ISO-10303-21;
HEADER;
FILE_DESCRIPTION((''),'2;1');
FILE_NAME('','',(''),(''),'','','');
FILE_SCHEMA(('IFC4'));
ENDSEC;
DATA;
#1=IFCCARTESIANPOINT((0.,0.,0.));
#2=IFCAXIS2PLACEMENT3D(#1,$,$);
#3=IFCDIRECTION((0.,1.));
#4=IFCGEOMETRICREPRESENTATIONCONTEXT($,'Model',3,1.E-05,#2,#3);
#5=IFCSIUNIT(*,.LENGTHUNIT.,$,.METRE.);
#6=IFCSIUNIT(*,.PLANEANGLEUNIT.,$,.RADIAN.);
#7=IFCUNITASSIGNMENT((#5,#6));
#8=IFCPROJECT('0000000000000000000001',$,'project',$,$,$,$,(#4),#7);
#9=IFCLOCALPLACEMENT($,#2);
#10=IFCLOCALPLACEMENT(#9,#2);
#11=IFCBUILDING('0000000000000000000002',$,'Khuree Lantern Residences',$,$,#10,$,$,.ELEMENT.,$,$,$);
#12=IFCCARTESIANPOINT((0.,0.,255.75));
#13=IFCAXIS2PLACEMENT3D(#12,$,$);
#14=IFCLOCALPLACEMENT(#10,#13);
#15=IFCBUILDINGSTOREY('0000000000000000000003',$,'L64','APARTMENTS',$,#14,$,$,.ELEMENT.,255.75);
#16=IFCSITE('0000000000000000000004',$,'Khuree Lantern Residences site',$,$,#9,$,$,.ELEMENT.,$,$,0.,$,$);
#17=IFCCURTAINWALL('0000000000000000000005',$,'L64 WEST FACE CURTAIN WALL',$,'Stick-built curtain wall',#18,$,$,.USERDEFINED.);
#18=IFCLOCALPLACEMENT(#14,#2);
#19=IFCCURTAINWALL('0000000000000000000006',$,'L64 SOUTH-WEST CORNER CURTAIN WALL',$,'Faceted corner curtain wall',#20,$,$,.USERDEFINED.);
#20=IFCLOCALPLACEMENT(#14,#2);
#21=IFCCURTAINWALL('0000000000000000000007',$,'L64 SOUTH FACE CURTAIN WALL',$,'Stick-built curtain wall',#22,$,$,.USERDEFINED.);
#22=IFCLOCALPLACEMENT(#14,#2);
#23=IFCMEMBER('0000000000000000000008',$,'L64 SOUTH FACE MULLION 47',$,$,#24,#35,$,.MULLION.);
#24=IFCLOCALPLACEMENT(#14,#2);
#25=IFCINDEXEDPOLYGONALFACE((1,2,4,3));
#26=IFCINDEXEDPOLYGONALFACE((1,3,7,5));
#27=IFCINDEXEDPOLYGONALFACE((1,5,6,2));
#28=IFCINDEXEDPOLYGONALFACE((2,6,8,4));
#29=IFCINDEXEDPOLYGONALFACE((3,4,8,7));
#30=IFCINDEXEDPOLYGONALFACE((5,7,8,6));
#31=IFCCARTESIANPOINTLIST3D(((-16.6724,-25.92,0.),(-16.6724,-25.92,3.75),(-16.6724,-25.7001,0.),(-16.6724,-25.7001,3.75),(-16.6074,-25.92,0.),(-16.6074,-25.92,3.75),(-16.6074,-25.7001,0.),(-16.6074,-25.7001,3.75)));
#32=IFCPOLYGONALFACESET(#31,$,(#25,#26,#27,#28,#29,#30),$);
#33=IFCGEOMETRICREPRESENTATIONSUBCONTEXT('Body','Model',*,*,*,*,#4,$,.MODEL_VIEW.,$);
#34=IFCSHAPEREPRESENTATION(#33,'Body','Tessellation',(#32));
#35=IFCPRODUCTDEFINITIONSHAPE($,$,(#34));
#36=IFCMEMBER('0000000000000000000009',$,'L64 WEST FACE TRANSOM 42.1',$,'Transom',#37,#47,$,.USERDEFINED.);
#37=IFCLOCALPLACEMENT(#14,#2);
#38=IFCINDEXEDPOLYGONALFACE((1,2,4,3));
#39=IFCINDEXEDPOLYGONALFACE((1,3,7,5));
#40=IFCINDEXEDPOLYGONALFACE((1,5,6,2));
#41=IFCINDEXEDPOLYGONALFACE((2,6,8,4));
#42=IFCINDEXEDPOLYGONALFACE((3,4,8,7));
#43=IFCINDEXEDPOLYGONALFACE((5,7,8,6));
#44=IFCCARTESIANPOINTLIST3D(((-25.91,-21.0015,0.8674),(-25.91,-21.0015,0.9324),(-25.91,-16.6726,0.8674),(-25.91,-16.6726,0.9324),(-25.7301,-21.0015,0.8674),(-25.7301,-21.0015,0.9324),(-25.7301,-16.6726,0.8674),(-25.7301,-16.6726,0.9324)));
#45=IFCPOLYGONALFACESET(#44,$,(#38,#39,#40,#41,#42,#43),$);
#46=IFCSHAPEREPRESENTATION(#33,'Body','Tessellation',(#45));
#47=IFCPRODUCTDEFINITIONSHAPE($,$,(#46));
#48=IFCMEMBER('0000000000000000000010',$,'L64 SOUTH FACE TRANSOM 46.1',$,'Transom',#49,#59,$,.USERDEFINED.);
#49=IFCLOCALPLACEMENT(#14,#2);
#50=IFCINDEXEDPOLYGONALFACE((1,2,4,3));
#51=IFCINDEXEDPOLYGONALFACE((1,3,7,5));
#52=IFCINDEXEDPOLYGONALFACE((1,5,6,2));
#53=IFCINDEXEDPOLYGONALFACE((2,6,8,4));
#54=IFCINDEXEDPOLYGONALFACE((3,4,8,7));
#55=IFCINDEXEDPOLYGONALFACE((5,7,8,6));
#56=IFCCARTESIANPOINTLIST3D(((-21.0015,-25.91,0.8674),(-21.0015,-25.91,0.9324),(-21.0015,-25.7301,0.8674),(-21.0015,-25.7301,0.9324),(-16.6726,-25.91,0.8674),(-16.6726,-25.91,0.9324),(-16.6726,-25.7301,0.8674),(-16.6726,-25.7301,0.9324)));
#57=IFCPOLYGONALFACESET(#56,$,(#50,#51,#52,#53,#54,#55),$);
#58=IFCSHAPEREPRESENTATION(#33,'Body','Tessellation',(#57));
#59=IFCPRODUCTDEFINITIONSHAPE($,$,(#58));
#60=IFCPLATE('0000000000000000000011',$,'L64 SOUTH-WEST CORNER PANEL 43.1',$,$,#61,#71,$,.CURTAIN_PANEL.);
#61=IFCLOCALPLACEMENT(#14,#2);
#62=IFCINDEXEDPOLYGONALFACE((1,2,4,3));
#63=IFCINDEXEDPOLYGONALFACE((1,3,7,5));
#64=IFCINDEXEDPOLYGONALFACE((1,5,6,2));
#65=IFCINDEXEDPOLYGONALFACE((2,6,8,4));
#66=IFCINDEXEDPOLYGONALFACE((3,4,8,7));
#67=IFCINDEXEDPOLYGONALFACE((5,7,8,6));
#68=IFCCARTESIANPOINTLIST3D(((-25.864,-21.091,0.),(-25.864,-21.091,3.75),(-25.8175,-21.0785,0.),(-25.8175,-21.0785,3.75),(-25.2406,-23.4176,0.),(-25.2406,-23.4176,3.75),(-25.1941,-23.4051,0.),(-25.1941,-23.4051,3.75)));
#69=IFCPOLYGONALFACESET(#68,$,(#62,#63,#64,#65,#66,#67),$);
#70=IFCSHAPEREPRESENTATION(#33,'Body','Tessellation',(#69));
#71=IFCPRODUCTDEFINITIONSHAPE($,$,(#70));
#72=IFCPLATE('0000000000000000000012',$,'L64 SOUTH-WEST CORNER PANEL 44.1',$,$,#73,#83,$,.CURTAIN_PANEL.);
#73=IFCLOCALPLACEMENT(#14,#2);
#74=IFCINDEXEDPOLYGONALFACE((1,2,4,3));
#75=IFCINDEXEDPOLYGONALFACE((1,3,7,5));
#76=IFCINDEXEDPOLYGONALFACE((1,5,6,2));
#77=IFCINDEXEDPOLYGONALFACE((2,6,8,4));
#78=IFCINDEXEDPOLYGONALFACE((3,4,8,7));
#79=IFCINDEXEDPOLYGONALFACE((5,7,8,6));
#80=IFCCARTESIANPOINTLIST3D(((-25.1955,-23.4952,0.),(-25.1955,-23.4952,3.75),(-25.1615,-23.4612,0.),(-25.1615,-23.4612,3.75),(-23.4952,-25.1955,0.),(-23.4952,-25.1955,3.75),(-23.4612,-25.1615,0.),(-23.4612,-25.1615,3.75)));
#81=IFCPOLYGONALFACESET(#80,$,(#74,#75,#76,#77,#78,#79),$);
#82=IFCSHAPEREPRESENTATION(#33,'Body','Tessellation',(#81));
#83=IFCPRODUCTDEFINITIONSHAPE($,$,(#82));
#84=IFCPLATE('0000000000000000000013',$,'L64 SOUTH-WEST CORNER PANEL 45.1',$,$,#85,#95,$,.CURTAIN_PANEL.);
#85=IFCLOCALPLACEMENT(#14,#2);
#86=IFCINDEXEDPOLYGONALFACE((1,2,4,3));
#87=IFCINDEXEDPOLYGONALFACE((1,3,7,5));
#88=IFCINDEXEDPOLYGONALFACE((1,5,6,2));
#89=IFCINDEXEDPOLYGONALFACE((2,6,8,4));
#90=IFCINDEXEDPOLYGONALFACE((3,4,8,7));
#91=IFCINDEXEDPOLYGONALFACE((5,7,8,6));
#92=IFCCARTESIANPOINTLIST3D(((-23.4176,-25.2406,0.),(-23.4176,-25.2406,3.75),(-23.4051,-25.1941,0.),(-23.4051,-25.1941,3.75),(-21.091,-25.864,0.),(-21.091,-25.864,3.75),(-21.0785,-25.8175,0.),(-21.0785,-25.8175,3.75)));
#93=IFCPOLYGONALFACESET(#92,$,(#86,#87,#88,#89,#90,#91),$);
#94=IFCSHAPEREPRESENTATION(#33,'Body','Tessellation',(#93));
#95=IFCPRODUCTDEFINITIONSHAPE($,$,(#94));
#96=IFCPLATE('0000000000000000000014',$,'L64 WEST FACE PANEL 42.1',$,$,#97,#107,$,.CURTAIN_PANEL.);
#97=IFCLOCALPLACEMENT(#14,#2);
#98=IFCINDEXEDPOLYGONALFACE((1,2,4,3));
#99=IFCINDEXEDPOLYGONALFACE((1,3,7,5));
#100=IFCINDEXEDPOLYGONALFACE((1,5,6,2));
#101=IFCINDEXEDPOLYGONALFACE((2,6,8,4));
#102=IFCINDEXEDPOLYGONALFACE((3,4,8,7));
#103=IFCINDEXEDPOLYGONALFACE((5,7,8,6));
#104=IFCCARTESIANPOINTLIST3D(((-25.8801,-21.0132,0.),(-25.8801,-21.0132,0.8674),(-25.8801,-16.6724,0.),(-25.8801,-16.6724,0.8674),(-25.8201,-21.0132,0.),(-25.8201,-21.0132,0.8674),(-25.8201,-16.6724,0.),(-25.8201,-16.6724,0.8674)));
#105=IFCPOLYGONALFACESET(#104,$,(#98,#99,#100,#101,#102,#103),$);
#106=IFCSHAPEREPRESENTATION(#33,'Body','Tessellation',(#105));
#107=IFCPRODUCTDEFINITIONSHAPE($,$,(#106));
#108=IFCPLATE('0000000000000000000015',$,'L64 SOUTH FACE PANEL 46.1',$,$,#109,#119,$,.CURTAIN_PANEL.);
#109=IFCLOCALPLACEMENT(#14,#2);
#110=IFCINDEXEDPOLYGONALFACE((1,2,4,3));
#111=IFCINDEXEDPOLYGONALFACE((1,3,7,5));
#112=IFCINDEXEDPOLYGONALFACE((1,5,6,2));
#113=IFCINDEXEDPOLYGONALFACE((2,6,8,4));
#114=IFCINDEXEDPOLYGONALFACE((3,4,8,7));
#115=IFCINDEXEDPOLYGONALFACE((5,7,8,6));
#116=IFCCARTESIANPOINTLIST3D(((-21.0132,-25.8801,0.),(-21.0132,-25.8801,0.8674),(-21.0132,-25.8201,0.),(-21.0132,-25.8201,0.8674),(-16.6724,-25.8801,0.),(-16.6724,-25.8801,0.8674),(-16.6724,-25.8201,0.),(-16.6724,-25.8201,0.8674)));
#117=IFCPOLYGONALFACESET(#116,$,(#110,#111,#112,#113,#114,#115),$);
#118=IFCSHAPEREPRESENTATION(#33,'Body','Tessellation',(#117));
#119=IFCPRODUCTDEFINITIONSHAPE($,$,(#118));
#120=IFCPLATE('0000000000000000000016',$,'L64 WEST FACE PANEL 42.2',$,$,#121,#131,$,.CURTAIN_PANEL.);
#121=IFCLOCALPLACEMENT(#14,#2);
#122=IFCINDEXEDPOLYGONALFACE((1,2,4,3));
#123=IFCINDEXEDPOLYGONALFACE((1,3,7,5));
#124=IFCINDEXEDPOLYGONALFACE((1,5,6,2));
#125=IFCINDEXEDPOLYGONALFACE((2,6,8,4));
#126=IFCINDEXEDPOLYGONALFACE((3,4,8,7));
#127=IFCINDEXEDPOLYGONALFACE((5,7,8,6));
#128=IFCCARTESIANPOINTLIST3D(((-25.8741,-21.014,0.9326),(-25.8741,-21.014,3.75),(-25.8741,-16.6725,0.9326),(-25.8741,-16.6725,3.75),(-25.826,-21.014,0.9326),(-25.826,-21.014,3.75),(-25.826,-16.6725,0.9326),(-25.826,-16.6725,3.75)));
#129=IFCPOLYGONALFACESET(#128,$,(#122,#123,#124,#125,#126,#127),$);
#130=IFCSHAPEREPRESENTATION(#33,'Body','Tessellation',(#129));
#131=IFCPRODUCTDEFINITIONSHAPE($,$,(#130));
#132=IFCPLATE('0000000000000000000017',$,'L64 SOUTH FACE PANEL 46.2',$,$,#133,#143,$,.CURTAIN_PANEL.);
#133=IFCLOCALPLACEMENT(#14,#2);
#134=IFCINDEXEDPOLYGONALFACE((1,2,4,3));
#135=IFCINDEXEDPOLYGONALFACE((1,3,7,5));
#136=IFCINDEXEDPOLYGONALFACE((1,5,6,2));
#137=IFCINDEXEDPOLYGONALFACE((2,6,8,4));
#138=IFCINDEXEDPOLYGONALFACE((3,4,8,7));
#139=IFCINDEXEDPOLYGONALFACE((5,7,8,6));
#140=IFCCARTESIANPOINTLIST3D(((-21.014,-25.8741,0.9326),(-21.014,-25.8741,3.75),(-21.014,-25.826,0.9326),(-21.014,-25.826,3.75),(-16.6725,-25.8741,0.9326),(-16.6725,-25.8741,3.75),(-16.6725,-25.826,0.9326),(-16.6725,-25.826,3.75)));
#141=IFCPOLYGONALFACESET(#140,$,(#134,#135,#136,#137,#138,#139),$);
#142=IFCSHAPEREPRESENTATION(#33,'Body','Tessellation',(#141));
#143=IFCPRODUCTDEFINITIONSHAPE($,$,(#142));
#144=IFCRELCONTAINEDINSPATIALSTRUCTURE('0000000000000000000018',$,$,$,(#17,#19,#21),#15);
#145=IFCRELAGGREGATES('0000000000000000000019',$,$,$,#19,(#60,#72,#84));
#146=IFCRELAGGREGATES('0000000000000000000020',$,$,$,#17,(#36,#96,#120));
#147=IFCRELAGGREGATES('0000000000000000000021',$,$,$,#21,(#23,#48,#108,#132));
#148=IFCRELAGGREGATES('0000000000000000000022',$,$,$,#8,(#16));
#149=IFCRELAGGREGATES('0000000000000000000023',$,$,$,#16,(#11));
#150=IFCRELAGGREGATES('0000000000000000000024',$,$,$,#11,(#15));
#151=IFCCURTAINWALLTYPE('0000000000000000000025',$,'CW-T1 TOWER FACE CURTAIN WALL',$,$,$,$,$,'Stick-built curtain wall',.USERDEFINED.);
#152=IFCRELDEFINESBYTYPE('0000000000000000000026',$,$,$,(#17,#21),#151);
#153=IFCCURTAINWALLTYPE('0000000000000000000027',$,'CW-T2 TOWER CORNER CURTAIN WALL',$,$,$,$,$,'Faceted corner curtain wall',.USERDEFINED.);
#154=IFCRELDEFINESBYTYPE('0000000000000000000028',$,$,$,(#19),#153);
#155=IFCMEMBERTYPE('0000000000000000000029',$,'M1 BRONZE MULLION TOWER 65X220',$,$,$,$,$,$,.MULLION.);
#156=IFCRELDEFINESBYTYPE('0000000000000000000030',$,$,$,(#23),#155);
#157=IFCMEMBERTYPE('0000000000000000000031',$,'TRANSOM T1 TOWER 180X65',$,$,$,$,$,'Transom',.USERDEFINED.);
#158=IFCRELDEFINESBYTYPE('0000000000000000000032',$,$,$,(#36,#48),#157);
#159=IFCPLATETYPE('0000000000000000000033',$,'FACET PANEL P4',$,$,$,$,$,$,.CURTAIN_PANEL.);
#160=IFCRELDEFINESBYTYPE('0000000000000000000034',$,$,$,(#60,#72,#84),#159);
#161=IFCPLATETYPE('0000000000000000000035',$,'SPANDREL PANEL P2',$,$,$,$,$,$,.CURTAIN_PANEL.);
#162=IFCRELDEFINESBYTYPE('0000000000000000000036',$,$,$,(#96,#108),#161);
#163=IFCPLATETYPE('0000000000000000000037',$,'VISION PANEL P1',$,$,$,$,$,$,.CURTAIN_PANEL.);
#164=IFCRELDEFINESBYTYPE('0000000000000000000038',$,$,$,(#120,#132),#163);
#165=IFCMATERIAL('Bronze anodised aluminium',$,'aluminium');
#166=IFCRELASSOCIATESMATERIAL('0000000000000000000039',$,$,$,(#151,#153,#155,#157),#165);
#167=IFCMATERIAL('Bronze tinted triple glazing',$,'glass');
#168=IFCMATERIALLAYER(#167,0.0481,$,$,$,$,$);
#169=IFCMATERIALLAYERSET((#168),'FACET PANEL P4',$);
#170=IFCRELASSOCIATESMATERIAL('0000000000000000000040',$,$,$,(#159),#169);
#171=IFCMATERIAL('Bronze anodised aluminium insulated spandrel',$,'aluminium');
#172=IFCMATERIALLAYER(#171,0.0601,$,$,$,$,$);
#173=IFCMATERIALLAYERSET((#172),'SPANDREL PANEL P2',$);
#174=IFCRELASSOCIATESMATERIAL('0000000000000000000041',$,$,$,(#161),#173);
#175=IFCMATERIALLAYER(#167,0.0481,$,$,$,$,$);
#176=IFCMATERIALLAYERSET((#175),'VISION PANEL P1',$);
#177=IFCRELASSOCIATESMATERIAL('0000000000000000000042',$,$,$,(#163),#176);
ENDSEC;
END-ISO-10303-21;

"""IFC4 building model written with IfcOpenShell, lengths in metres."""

from ifc_helpers import new_model, si_unit, direction, frame, origin, origin_2d, place, context, subcontext, project, spatial, rectangle, extrude, material, layer, layer_set, material_profile, profile_set, type_object, element, aggregate, save


model = new_model("IFC4")

# Units and contexts
model_context = context("Model", 3, precision=1e-05, world=origin(), true_north=direction((0.0, 1.0)))
body_context = subcontext(model_context, "Body", "Model", "MODEL_VIEW")
ifc_project = project(units=[si_unit("LENGTHUNIT", "METRE"), si_unit("PLANEANGLEUNIT", "RADIAN")], contexts=[model_context])

# Site, building, storey
site_placement = place(None, origin())
site = spatial("IfcSite", under=ifc_project, at=site_placement, Name="Khuree Lantern Residences site", CompositionType="ELEMENT", RefElevation=0.0)
building_placement = place(site_placement, origin())
building = spatial("IfcBuilding", under=site, at=building_placement, Name="Khuree Lantern Residences", CompositionType="ELEMENT")
storey_placement = place(building_placement, frame((0.0, 0.0, 255.75)))
storey = spatial("IfcBuildingStorey", under=building, at=storey_placement, Name="L64", Description="APARTMENTS", CompositionType="ELEMENT", Elevation=255.75)

# Curtain walls
ifc_material_1 = material(Name="Bronze anodised aluminium", Category="aluminium")
curtain_wall_type_1 = type_object("IfcCurtainWallType", Name="CW-T1 TOWER FACE CURTAIN WALL", ElementType="Stick-built curtain wall", PredefinedType="USERDEFINED", material=ifc_material_1)
curtain_wall_1_placement = place(storey_placement, origin())
curtain_wall_1 = element("IfcCurtainWall", 1, at=curtain_wall_1_placement, inside=storey, type_object=curtain_wall_type_1, Name="L64 WEST FACE CURTAIN WALL", ObjectType="Stick-built curtain wall", PredefinedType="USERDEFINED")
curtain_wall_type_2 = type_object("IfcCurtainWallType", Name="CW-T2 TOWER CORNER CURTAIN WALL", ElementType="Faceted corner curtain wall", PredefinedType="USERDEFINED", material=ifc_material_1)
curtain_wall_2_placement = place(storey_placement, origin())
curtain_wall_2 = element("IfcCurtainWall", 2, at=curtain_wall_2_placement, inside=storey, type_object=curtain_wall_type_2, Name="L64 SOUTH-WEST CORNER CURTAIN WALL", ObjectType="Faceted corner curtain wall", PredefinedType="USERDEFINED")

# Shared definitions
ifc_material_profile_1 = material_profile(ifc_material_1, rectangle(XDim=0.0649, YDim=0.22, at=origin_2d()), Name="M1 65X220")
ifc_profile_set_1 = profile_set([ifc_material_profile_1], Name="Bronze anodised aluminium")
member_type_1 = type_object("IfcMemberType", Name="M1 BRONZE MULLION TOWER 65X220", PredefinedType="MULLION", material=ifc_profile_set_1)

# Curtain wall, member
curtain_wall_3_placement = place(storey_placement, origin())
curtain_wall_3 = element("IfcCurtainWall", 3, at=curtain_wall_3_placement, inside=storey, type_object=curtain_wall_type_1, Name="L64 SOUTH FACE CURTAIN WALL", ObjectType="Stick-built curtain wall", PredefinedType="USERDEFINED")
member_1_placement = place(storey_placement, frame((-16.6399, -25.8101, 0.0), z_axis=(0.0, 0.0, 1.0), x_axis=(1.0, 0.0, 0.0)))
member_1 = element("IfcMember", 4, at=member_1_placement, type_object=member_type_1, Name="L64 SOUTH FACE MULLION 47", PredefinedType="MULLION", context=body_context, shape_type="SweptSolid", body=[
    extrude(rectangle(XDim=0.0649, YDim=0.22, at=origin_2d()), origin(), (0.0, 0.0, 1.0), 3.75),
])

# Members
ifc_material_profile_2 = material_profile(ifc_material_1, rectangle(XDim=0.1799, YDim=0.0649, at=origin_2d()), Name="T1 180X65")
ifc_profile_set_2 = profile_set([ifc_material_profile_2], Name="Bronze anodised aluminium")
member_type_2 = type_object("IfcMemberType", Name="TRANSOM T1 TOWER 180X65", ElementType="Transom", PredefinedType="USERDEFINED", material=ifc_profile_set_2)
member_2_placement = place(storey_placement, frame((-25.8201, -16.6726, 0.8999), z_axis=(0.0, -1.0, 0.0), x_axis=(1.0, 0.0, 0.0)))
member_2 = element("IfcMember", 5, at=member_2_placement, type_object=member_type_2, Name="L64 WEST FACE TRANSOM 42.1", ObjectType="Transom", PredefinedType="USERDEFINED", context=body_context, shape_type="SweptSolid", body=[
    extrude(rectangle(XDim=0.1799, YDim=0.0649, at=origin_2d()), origin(), (0.0, 0.0, 1.0), 4.3289),
])
member_3_placement = place(storey_placement, frame((-21.0015, -25.8201, 0.8999), z_axis=(1.0, 0.0, 0.0), x_axis=(0.0, 1.0, 0.0)))
member_3 = element("IfcMember", 6, at=member_3_placement, type_object=member_type_2, Name="L64 SOUTH FACE TRANSOM 46.1", ObjectType="Transom", PredefinedType="USERDEFINED", context=body_context, shape_type="SweptSolid", body=[
    extrude(rectangle(XDim=0.1799, YDim=0.0649, at=origin_2d()), origin(), (0.0, 0.0, 1.0), 4.3289),
])

# Plates
ifc_material_2 = material(Name="Bronze tinted triple glazing", Category="glass")
ifc_layer_1 = layer(ifc_material_2, 0.0481)
ifc_layer_set_1 = layer_set([ifc_layer_1], Name="FACET PANEL P4")
plate_type_1 = type_object("IfcPlateType", Name="FACET PANEL P4", PredefinedType="CURTAIN_PANEL", material=ifc_layer_set_1)
plate_1_placement = place(storey_placement, frame((-25.5291, -22.248, 0.0), z_axis=(0.0, 0.0, 1.0), x_axis=(0.258819, -0.965926, 0.0)))
plate_1 = element("IfcPlate", 7, at=plate_1_placement, type_object=plate_type_1, Name="L64 SOUTH-WEST CORNER PANEL 43.1", PredefinedType="CURTAIN_PANEL", context=body_context, shape_type="SweptSolid", body=[
    extrude(rectangle(XDim=2.4087, YDim=0.0481, at=origin_2d()), origin(), (0.0, 0.0, 1.0), 3.75),
])
plate_2_placement = place(storey_placement, frame((-24.3284, -24.3284, 0.0), z_axis=(0.0, 0.0, 1.0), x_axis=(0.707107, -0.707107, 0.0)))
plate_2 = element("IfcPlate", 8, at=plate_2_placement, type_object=plate_type_1, Name="L64 SOUTH-WEST CORNER PANEL 44.1", PredefinedType="CURTAIN_PANEL", context=body_context, shape_type="SweptSolid", body=[
    extrude(rectangle(XDim=2.4045, YDim=0.0481, at=origin_2d()), origin(), (0.0, 0.0, 1.0), 3.75),
])
plate_3_placement = place(storey_placement, frame((-22.248, -25.5291, 0.0), z_axis=(0.0, 0.0, 1.0), x_axis=(0.965926, -0.258819, 0.0)))
plate_3 = element("IfcPlate", 9, at=plate_3_placement, type_object=plate_type_1, Name="L64 SOUTH-WEST CORNER PANEL 45.1", PredefinedType="CURTAIN_PANEL", context=body_context, shape_type="SweptSolid", body=[
    extrude(rectangle(XDim=2.4087, YDim=0.0481, at=origin_2d()), origin(), (0.0, 0.0, 1.0), 3.75),
])
aggregate(curtain_wall_2, [plate_1, plate_2, plate_3])
ifc_material_3 = material(Name="Bronze anodised aluminium insulated spandrel", Category="aluminium")
ifc_layer_2 = layer(ifc_material_3, 0.0601)
ifc_layer_set_2 = layer_set([ifc_layer_2], Name="SPANDREL PANEL P2")
plate_type_2 = type_object("IfcPlateType", Name="SPANDREL PANEL P2", PredefinedType="CURTAIN_PANEL", material=ifc_layer_set_2)
plate_4_placement = place(storey_placement, frame((-25.8501, -18.8428, 0.0), z_axis=(0.0, 0.0, 1.0), x_axis=(0.0, -1.0, 0.0)))
plate_4 = element("IfcPlate", 10, at=plate_4_placement, type_object=plate_type_2, Name="L64 WEST FACE PANEL 42.1", PredefinedType="CURTAIN_PANEL", context=body_context, shape_type="SweptSolid", body=[
    extrude(rectangle(XDim=4.3408, YDim=0.0601, at=origin_2d()), origin(), (0.0, 0.0, 1.0), 0.8674),
])
plate_5_placement = place(storey_placement, frame((-18.8428, -25.8501, 0.0), z_axis=(0.0, 0.0, 1.0), x_axis=(1.0, 0.0, 0.0)))
plate_5 = element("IfcPlate", 11, at=plate_5_placement, type_object=plate_type_2, Name="L64 SOUTH FACE PANEL 46.1", PredefinedType="CURTAIN_PANEL", context=body_context, shape_type="SweptSolid", body=[
    extrude(rectangle(XDim=4.3408, YDim=0.0601, at=origin_2d()), origin(), (0.0, 0.0, 1.0), 0.8674),
])
ifc_layer_3 = layer(ifc_material_2, 0.0481)
ifc_layer_set_3 = layer_set([ifc_layer_3], Name="VISION PANEL P1")
plate_type_3 = type_object("IfcPlateType", Name="VISION PANEL P1", PredefinedType="CURTAIN_PANEL", material=ifc_layer_set_3)
plate_6_placement = place(storey_placement, frame((-25.8501, -18.8433, 0.9326), z_axis=(0.0, 0.0, 1.0), x_axis=(0.0, -1.0, 0.0)))
plate_6 = element("IfcPlate", 12, at=plate_6_placement, type_object=plate_type_3, Name="L64 WEST FACE PANEL 42.2", PredefinedType="CURTAIN_PANEL", context=body_context, shape_type="SweptSolid", body=[
    extrude(rectangle(XDim=4.3416, YDim=0.0481, at=origin_2d()), origin(), (0.0, 0.0, 1.0), 2.8174),
])
aggregate(curtain_wall_1, [member_2, plate_4, plate_6])
plate_7_placement = place(storey_placement, frame((-18.8433, -25.8501, 0.9326), z_axis=(0.0, 0.0, 1.0), x_axis=(1.0, 0.0, 0.0)))
plate_7 = element("IfcPlate", 13, at=plate_7_placement, type_object=plate_type_3, Name="L64 SOUTH FACE PANEL 46.2", PredefinedType="CURTAIN_PANEL", context=body_context, shape_type="SweptSolid", body=[
    extrude(rectangle(XDim=4.3416, YDim=0.0481, at=origin_2d()), origin(), (0.0, 0.0, 1.0), 2.8174),
])
aggregate(curtain_wall_3, [member_1, member_3, plate_5, plate_7])

save(model, "model.ifc")
